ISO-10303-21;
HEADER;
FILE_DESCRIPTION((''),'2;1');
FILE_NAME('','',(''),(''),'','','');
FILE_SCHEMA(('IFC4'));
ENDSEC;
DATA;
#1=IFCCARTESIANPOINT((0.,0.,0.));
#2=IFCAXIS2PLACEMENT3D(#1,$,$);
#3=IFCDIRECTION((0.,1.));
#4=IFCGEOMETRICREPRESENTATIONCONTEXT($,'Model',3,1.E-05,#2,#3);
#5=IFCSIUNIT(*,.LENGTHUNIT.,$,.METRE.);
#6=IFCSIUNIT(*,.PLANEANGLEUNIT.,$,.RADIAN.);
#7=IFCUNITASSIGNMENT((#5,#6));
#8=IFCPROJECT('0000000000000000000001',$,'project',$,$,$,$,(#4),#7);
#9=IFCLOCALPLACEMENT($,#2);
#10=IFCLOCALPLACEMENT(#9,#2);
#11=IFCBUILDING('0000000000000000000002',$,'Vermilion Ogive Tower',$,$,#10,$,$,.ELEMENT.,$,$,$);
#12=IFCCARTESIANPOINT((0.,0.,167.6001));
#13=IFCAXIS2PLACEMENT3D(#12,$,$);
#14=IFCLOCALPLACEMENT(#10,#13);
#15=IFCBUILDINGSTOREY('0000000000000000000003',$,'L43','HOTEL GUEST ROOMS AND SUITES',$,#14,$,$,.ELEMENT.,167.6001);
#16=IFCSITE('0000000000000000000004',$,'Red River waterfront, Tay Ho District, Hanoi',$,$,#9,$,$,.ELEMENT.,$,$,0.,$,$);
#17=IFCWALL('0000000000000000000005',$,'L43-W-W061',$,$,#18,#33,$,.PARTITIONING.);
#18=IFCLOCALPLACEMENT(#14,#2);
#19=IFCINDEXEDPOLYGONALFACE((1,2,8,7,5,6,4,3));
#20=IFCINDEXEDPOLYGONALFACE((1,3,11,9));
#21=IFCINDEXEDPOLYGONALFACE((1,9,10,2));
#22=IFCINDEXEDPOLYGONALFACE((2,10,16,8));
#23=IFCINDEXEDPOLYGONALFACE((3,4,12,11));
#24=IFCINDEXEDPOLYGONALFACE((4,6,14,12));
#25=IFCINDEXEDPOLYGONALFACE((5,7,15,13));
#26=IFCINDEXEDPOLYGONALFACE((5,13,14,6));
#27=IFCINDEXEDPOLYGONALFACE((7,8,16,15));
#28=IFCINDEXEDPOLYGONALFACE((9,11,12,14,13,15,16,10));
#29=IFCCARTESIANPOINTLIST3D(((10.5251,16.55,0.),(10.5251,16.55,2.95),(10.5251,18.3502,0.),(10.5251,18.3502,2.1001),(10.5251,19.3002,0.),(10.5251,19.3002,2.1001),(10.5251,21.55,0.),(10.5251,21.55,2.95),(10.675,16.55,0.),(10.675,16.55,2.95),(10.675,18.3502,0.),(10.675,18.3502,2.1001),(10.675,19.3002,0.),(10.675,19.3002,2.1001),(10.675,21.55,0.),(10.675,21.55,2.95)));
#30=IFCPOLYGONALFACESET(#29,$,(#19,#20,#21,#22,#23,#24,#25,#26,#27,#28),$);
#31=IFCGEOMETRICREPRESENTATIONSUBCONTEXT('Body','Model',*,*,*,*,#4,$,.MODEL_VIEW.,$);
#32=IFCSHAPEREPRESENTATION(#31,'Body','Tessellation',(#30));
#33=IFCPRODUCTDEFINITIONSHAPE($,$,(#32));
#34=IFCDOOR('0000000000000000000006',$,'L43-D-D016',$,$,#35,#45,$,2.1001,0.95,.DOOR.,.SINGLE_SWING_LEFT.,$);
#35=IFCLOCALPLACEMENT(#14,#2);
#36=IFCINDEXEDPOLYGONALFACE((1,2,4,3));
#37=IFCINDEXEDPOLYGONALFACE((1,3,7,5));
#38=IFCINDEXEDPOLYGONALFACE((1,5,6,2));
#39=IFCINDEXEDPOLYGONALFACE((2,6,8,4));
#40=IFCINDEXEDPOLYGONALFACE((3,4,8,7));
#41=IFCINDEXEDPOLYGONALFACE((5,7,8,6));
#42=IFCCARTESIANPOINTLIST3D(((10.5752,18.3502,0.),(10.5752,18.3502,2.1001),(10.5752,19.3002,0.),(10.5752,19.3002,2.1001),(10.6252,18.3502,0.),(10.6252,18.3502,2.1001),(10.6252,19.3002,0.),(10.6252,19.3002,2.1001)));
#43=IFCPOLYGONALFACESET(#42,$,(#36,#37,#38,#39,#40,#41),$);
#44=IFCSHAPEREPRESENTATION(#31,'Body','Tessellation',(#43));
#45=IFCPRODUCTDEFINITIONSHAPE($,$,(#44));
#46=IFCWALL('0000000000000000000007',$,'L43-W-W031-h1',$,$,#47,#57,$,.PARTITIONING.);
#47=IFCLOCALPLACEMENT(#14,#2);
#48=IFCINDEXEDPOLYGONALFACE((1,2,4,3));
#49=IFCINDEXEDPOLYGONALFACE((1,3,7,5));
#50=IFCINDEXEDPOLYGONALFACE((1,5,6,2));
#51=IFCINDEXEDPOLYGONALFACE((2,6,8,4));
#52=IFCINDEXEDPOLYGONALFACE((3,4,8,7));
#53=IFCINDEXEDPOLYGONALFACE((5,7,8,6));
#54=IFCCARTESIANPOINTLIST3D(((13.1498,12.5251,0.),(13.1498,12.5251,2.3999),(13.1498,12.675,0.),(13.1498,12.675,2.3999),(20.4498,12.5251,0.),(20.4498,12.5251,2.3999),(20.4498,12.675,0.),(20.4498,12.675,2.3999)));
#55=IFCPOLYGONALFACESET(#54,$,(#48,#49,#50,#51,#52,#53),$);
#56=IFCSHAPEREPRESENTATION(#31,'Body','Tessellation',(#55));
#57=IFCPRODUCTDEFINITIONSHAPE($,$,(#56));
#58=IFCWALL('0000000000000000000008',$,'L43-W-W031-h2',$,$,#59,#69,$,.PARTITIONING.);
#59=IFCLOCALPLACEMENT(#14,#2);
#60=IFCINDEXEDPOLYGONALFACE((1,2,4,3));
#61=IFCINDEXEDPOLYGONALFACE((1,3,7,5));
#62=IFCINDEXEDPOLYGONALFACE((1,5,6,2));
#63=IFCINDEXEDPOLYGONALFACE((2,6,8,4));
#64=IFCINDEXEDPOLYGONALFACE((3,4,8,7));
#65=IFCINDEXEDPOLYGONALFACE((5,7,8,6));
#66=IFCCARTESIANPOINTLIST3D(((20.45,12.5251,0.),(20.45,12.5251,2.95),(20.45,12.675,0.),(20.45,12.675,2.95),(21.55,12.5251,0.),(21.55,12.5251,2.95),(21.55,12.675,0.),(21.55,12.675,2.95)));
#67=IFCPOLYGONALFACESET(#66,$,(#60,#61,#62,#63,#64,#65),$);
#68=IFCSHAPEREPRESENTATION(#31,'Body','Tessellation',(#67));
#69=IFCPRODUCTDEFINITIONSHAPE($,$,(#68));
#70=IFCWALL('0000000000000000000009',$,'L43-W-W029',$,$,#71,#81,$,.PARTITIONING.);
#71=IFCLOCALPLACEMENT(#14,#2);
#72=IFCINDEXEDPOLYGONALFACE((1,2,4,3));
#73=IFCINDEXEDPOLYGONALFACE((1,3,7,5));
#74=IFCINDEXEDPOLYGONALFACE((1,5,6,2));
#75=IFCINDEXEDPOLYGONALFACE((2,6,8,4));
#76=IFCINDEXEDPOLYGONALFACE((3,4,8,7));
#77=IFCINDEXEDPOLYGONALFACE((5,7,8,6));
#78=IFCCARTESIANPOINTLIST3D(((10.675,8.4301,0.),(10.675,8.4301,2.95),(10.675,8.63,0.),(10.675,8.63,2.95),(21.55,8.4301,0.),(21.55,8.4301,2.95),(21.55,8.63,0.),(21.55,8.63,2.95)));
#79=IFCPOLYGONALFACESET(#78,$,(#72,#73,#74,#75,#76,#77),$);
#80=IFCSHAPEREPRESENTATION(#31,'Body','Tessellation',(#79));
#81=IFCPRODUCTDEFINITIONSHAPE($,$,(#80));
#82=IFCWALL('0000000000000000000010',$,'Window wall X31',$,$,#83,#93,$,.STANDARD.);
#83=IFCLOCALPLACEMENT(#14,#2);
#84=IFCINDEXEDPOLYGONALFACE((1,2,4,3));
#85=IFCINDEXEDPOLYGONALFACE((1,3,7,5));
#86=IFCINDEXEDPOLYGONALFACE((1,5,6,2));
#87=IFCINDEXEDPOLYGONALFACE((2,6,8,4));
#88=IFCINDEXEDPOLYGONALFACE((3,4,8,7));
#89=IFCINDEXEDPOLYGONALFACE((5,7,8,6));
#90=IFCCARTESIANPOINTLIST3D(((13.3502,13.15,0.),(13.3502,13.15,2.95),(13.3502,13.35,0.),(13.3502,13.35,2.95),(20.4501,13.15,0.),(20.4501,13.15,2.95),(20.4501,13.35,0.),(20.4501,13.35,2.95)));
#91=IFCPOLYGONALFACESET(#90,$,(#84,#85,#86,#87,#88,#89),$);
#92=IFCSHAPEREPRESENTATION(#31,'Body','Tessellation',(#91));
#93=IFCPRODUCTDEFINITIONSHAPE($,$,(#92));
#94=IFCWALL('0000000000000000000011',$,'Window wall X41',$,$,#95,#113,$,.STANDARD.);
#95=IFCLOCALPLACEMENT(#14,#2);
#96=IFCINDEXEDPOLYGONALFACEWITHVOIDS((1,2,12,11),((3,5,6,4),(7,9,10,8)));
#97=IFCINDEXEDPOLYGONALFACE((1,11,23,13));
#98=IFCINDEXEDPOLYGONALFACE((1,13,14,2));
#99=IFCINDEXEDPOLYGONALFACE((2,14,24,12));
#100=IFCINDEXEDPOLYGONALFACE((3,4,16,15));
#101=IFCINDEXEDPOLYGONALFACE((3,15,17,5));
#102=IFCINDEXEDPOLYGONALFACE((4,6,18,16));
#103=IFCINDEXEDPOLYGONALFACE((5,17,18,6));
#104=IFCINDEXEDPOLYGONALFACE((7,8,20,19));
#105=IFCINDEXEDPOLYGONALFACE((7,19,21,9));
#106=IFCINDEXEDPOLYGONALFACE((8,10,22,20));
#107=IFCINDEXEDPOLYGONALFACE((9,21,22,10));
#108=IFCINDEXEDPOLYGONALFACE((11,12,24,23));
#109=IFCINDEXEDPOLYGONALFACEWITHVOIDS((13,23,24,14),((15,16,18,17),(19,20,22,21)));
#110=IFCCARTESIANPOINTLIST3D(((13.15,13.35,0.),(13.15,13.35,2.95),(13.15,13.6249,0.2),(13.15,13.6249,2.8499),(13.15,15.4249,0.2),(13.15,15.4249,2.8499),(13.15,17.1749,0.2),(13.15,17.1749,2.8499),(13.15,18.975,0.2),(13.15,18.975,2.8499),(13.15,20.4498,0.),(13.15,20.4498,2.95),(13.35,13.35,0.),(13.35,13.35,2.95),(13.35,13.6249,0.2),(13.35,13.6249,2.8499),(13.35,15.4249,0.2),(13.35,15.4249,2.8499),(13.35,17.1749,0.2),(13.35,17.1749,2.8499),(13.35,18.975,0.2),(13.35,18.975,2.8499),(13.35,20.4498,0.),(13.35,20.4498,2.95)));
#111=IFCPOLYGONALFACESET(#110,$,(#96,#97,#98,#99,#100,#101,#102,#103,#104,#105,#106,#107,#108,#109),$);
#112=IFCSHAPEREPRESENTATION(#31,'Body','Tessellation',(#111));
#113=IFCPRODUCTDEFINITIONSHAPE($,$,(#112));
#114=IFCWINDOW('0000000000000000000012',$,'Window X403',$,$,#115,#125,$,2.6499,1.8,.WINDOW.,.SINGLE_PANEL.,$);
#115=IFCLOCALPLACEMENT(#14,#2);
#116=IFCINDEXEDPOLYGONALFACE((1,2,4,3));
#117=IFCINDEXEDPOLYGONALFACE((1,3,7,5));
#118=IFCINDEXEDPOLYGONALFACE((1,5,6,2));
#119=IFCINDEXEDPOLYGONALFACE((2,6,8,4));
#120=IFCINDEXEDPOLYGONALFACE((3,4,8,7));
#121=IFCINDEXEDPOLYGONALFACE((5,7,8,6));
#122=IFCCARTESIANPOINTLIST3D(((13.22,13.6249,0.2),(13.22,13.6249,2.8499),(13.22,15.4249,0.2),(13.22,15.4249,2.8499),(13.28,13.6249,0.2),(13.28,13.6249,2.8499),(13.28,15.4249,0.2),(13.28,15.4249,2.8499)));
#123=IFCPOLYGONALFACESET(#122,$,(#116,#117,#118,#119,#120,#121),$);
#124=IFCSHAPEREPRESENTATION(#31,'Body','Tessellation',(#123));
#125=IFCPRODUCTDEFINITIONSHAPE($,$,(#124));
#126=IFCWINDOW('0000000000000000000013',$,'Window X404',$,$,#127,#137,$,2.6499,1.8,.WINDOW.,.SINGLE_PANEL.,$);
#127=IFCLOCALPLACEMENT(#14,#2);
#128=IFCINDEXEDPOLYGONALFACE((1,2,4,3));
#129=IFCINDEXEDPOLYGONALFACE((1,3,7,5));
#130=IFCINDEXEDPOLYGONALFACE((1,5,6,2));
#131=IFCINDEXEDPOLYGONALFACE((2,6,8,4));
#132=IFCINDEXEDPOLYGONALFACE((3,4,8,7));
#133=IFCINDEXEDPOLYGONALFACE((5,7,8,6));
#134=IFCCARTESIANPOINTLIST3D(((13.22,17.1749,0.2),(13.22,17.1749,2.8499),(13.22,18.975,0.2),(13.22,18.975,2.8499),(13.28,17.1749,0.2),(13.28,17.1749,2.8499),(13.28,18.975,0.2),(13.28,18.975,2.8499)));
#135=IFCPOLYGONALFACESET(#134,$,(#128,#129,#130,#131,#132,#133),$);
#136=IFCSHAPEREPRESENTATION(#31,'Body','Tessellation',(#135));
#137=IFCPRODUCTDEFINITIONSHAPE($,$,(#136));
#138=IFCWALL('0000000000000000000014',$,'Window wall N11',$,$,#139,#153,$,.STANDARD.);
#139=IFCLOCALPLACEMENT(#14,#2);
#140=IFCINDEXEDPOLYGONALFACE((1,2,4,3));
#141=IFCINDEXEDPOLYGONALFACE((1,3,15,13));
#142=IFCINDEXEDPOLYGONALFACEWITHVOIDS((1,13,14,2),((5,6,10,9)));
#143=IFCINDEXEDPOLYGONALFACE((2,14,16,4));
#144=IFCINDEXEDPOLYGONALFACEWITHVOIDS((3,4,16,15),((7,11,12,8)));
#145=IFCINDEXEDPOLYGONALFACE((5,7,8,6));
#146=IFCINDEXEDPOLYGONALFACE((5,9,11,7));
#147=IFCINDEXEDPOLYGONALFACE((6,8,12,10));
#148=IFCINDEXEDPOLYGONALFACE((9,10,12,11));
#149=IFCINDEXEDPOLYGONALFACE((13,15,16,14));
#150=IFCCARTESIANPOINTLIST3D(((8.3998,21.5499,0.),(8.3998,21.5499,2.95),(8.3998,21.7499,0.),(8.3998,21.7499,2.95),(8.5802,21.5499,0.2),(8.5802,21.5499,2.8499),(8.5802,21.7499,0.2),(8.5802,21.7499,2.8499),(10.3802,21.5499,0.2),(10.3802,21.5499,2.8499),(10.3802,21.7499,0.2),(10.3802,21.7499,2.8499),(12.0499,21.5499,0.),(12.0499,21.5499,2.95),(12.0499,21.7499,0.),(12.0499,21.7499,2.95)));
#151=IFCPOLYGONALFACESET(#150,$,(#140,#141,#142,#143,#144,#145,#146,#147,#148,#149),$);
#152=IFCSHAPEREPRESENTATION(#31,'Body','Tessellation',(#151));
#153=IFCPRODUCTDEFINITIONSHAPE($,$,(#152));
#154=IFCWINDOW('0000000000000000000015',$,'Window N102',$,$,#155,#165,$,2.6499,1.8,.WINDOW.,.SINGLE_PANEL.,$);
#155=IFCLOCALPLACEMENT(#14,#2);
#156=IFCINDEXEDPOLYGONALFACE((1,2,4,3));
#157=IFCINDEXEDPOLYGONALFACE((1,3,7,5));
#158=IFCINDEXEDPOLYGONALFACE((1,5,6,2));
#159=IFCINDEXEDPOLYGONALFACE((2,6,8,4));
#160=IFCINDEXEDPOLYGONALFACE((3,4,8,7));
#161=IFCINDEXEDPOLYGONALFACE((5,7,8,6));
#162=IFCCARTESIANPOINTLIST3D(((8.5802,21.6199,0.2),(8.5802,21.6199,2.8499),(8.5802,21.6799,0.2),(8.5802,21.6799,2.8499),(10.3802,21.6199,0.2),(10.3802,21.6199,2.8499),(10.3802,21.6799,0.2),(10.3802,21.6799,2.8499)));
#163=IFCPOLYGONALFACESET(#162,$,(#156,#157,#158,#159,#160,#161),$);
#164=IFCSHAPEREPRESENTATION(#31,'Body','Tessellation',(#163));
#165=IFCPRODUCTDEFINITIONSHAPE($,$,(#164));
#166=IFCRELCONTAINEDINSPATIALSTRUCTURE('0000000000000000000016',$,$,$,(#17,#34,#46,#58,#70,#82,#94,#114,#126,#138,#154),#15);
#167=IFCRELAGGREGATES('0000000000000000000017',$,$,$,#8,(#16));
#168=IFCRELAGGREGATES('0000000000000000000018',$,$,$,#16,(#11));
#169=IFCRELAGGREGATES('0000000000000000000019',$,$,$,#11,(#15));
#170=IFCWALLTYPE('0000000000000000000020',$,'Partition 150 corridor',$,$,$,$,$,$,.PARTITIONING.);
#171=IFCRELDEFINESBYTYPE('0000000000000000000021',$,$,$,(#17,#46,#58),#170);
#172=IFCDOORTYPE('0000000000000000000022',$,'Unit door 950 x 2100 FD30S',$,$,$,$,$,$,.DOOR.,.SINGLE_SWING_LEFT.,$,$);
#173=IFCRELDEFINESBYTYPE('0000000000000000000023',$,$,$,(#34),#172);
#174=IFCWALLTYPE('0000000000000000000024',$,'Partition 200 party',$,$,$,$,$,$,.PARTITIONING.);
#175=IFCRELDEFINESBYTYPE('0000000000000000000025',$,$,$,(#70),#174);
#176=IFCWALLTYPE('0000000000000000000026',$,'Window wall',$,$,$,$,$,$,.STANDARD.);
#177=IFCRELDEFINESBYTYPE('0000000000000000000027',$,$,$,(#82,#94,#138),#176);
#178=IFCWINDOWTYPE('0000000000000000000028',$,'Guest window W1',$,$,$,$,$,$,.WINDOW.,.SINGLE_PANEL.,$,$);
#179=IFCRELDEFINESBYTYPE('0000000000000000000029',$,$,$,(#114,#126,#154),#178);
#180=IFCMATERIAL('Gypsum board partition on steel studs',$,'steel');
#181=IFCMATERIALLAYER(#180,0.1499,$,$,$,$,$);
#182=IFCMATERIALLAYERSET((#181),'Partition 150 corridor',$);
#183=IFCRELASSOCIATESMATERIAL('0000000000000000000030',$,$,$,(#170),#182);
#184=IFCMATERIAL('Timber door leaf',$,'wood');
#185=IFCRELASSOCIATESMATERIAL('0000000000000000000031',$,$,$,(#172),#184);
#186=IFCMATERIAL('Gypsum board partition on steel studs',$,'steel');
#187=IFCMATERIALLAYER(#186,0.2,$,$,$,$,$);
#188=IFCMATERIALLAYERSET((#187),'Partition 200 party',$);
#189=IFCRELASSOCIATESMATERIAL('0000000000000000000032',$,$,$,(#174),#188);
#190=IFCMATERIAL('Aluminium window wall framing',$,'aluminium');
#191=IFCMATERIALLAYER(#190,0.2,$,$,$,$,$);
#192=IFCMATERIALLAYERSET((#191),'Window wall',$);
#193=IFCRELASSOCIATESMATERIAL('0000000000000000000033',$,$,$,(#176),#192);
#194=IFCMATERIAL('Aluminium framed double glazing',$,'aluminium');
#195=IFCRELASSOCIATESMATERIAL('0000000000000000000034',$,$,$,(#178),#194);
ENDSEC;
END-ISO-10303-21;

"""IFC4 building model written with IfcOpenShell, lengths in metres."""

from ifc_helpers import new_model, si_unit, direction, frame, frame_2d, origin, place, context, subcontext, project, spatial, rectangle, extrude, material, layer, layer_set, type_object, element, fill, save


model = new_model("IFC4")

# Units and contexts
model_context = context("Model", 3, precision=1e-05, world=origin(), true_north=direction((0.0, 1.0)))
body_context = subcontext(model_context, "Body", "Model", "MODEL_VIEW")
ifc_project = project(units=[si_unit("LENGTHUNIT", "METRE"), si_unit("PLANEANGLEUNIT", "RADIAN")], contexts=[model_context])

# Site, building, storey
site_placement = place(None, origin())
site = spatial("IfcSite", under=ifc_project, at=site_placement, Name="Red River waterfront, Tay Ho District, Hanoi", CompositionType="ELEMENT", RefElevation=0.0)
building_placement = place(site_placement, origin())
building = spatial("IfcBuilding", under=site, at=building_placement, Name="Vermilion Ogive Tower", CompositionType="ELEMENT")
storey_placement = place(building_placement, frame((0.0, 0.0, 167.6001)))
storey = spatial("IfcBuildingStorey", under=building, at=storey_placement, Name="L43", Description="HOTEL GUEST ROOMS AND SUITES", CompositionType="ELEMENT", Elevation=167.6001)

# Shared definitions
ifc_material_1 = material(Name="Gypsum board partition on steel studs", Category="steel")
ifc_layer_1 = layer(ifc_material_1, 0.1499)
ifc_layer_set_1 = layer_set([ifc_layer_1], Name="Partition 150 corridor")
wall_type_1 = type_object("IfcWallType", Name="Partition 150 corridor", PredefinedType="PARTITIONING", material=ifc_layer_set_1)

# Wall, opening, door
wall_1_placement = place(storey_placement, frame((10.6001, 16.55, 0.0), z_axis=(0.0, 0.0, 1.0), x_axis=(0.0, 1.0, 0.0)))
wall_1 = element("IfcWall", 1, at=wall_1_placement, inside=storey, type_object=wall_type_1, Name="L43-W-W061", PredefinedType="PARTITIONING", context=body_context, shape_type="SweptSolid", body=[
    extrude(rectangle(XDim=5.0, YDim=0.1499, at=frame_2d((2.5, 0.0))), origin(), (0.0, 0.0, 1.0), 2.95),
])
opening_1_placement = place(wall_1_placement, frame((1.8, 0.0, 0.0)))
opening_1 = element("IfcOpeningElement", 2, at=opening_1_placement, cuts=wall_1, PredefinedType="OPENING", context=body_context, shape_type="SweptSolid", body=[
    extrude(rectangle(XDim=0.95, YDim=2.1001, at=frame_2d((0.4751, 1.05))), frame((0.0, 0.085, 0.0), z_axis=(0.0, -1.0, 0.0), x_axis=(1.0, 0.0, 0.0)), (0.0, 0.0, 1.0), 0.1699),
])
ifc_material_2 = material(Name="Timber door leaf", Category="wood")
door_type = type_object("IfcDoorType", Name="Unit door 950 x 2100 FD30S", OperationType="SINGLE_SWING_LEFT", PredefinedType="DOOR", material=ifc_material_2)
door_placement = place(opening_1_placement, origin())
door = element("IfcDoor", 3, at=door_placement, inside=storey, type_object=door_type, Name="L43-D-D016", OperationType="SINGLE_SWING_LEFT", OverallHeight=2.1001, OverallWidth=0.95, PredefinedType="DOOR", context=body_context, shape_type="SweptSolid", body=[
    extrude(rectangle(XDim=0.95, YDim=2.1001, at=frame_2d((0.4751, 1.05))), frame((0.0, 0.0249, 0.0), z_axis=(0.0, -1.0, 0.0), x_axis=(1.0, 0.0, 0.0)), (0.0, 0.0, 1.0), 0.05),
])
fill(opening_1, door)

# Walls
wall_2_placement = place(storey_placement, frame((13.1499, 12.6001, 0.0), z_axis=(0.0, 0.0, 1.0), x_axis=(1.0, 0.0, 0.0)))
element("IfcWall", 4, at=wall_2_placement, inside=storey, type_object=wall_type_1, Name="L43-W-W031-h1", PredefinedType="PARTITIONING", context=body_context, shape_type="SweptSolid", body=[
    extrude(rectangle(XDim=7.3, YDim=0.1499, at=frame_2d((3.6499, 0.0))), origin(), (0.0, 0.0, 1.0), 2.3999),
])
wall_3_placement = place(storey_placement, frame((20.45, 12.6001, 0.0), z_axis=(0.0, 0.0, 1.0), x_axis=(1.0, 0.0, 0.0)))
element("IfcWall", 5, at=wall_3_placement, inside=storey, type_object=wall_type_1, Name="L43-W-W031-h2", PredefinedType="PARTITIONING", context=body_context, shape_type="SweptSolid", body=[
    extrude(rectangle(XDim=1.1001, YDim=0.1499, at=frame_2d((0.55, 0.0))), origin(), (0.0, 0.0, 1.0), 2.95),
])
ifc_material_3 = material(Name="Gypsum board partition on steel studs", Category="steel")
ifc_layer_2 = layer(ifc_material_3, 0.2)
ifc_layer_set_2 = layer_set([ifc_layer_2], Name="Partition 200 party")
wall_type_2 = type_object("IfcWallType", Name="Partition 200 party", PredefinedType="PARTITIONING", material=ifc_layer_set_2)
wall_4_placement = place(storey_placement, frame((10.675, 8.53, 0.0), z_axis=(0.0, 0.0, 1.0), x_axis=(1.0, 0.0, 0.0)))
element("IfcWall", 6, at=wall_4_placement, inside=storey, type_object=wall_type_2, Name="L43-W-W029", PredefinedType="PARTITIONING", context=body_context, shape_type="SweptSolid", body=[
    extrude(rectangle(XDim=10.875, YDim=0.2, at=frame_2d((5.4375, 0.0))), origin(), (0.0, 0.0, 1.0), 2.95),
])
ifc_material_4 = material(Name="Aluminium window wall framing", Category="aluminium")
ifc_layer_3 = layer(ifc_material_4, 0.2)
ifc_layer_set_3 = layer_set([ifc_layer_3], Name="Window wall")
wall_type_3 = type_object("IfcWallType", Name="Window wall", PredefinedType="STANDARD", material=ifc_layer_set_3)
wall_5_placement = place(storey_placement, frame((20.45, 13.25, 0.0), z_axis=(0.0, 0.0, 1.0), x_axis=(-1.0, 0.0, 0.0)))
element("IfcWall", 7, at=wall_5_placement, inside=storey, type_object=wall_type_3, Name="Window wall X31", PredefinedType="STANDARD", context=body_context, shape_type="SweptSolid", body=[
    extrude(rectangle(XDim=7.0999, YDim=0.2, at=frame_2d((3.5498, 0.0))), origin(), (0.0, 0.0, 1.0), 2.95),
])

# Wall, openings, windows
wall_6_placement = place(storey_placement, frame((13.25, 13.3501, 0.0), z_axis=(0.0, 0.0, 1.0), x_axis=(0.0, 1.0, 0.0)))
wall_6 = element("IfcWall", 8, at=wall_6_placement, inside=storey, type_object=wall_type_3, Name="Window wall X41", PredefinedType="STANDARD", context=body_context, shape_type="SweptSolid", body=[
    extrude(rectangle(XDim=7.0999, YDim=0.2, at=frame_2d((3.5498, 0.0))), origin(), (0.0, 0.0, 1.0), 2.95),
])
opening_2_placement = place(wall_6_placement, frame((0.2749, 0.0, 0.2)))
opening_2 = element("IfcOpeningElement", 9, at=opening_2_placement, cuts=wall_6, PredefinedType="OPENING", context=body_context, shape_type="SweptSolid", body=[
    extrude(rectangle(XDim=1.8, YDim=2.6499, at=frame_2d((0.8999, 1.325))), frame((0.0, 0.1099, 0.0), z_axis=(0.0, -1.0, 0.0), x_axis=(1.0, 0.0, 0.0)), (0.0, 0.0, 1.0), 0.22),
])
opening_3_placement = place(wall_6_placement, frame((3.825, 0.0, 0.2)))
opening_3 = element("IfcOpeningElement", 10, at=opening_3_placement, cuts=wall_6, PredefinedType="OPENING", context=body_context, shape_type="SweptSolid", body=[
    extrude(rectangle(XDim=1.8, YDim=2.6499, at=frame_2d((0.8999, 1.325))), frame((0.0, 0.1099, 0.0), z_axis=(0.0, -1.0, 0.0), x_axis=(1.0, 0.0, 0.0)), (0.0, 0.0, 1.0), 0.22),
])
ifc_material_5 = material(Name="Aluminium framed double glazing", Category="aluminium")
window_type = type_object("IfcWindowType", Name="Guest window W1", PartitioningType="SINGLE_PANEL", PredefinedType="WINDOW", material=ifc_material_5)
window_1_placement = place(opening_2_placement, origin())
window_1 = element("IfcWindow", 11, at=window_1_placement, inside=storey, type_object=window_type, Name="Window X403", OverallHeight=2.6499, OverallWidth=1.8, PartitioningType="SINGLE_PANEL", PredefinedType="WINDOW", context=body_context, shape_type="SweptSolid", body=[
    extrude(rectangle(XDim=1.8, YDim=2.6499, at=frame_2d((0.8999, 1.325))), frame((0.0, 0.03, 0.0), z_axis=(0.0, -1.0, 0.0), x_axis=(1.0, 0.0, 0.0)), (0.0, 0.0, 1.0), 0.0601),
])
fill(opening_2, window_1)
window_2_placement = place(opening_3_placement, origin())
window_2 = element("IfcWindow", 12, at=window_2_placement, inside=storey, type_object=window_type, Name="Window X404", OverallHeight=2.6499, OverallWidth=1.8, PartitioningType="SINGLE_PANEL", PredefinedType="WINDOW", context=body_context, shape_type="SweptSolid", body=[
    extrude(rectangle(XDim=1.8, YDim=2.6499, at=frame_2d((0.8999, 1.325))), frame((0.0, 0.03, 0.0), z_axis=(0.0, -1.0, 0.0), x_axis=(1.0, 0.0, 0.0)), (0.0, 0.0, 1.0), 0.0601),
])
fill(opening_3, window_2)

# Wall, opening, window
wall_7_placement = place(storey_placement, frame((12.05, 21.6499, 0.0), z_axis=(0.0, 0.0, 1.0), x_axis=(-1.0, 0.0, 0.0)))
wall_7 = element("IfcWall", 13, at=wall_7_placement, inside=storey, type_object=wall_type_3, Name="Window wall N11", PredefinedType="STANDARD", context=body_context, shape_type="SweptSolid", body=[
    extrude(rectangle(XDim=3.6501, YDim=0.2, at=frame_2d((1.8252, 0.0))), origin(), (0.0, 0.0, 1.0), 2.95),
])
opening_4_placement = place(wall_7_placement, frame((1.6699, 0.0, 0.2)))
opening_4 = element("IfcOpeningElement", 14, at=opening_4_placement, cuts=wall_7, PredefinedType="OPENING", context=body_context, shape_type="SweptSolid", body=[
    extrude(rectangle(XDim=1.8, YDim=2.6499, at=frame_2d((0.8999, 1.325))), frame((0.0, 0.1099, 0.0), z_axis=(0.0, -1.0, 0.0), x_axis=(1.0, 0.0, 0.0)), (0.0, 0.0, 1.0), 0.22),
])
window_3_placement = place(opening_4_placement, origin())
window_3 = element("IfcWindow", 15, at=window_3_placement, inside=storey, type_object=window_type, Name="Window N102", OverallHeight=2.6499, OverallWidth=1.8, PartitioningType="SINGLE_PANEL", PredefinedType="WINDOW", context=body_context, shape_type="SweptSolid", body=[
    extrude(rectangle(XDim=1.8, YDim=2.6499, at=frame_2d((0.8999, 1.325))), frame((0.0, 0.03, 0.0), z_axis=(0.0, -1.0, 0.0), x_axis=(1.0, 0.0, 0.0)), (0.0, 0.0, 1.0), 0.0601),
])
fill(opening_4, window_3)

save(model, "model.ifc")
